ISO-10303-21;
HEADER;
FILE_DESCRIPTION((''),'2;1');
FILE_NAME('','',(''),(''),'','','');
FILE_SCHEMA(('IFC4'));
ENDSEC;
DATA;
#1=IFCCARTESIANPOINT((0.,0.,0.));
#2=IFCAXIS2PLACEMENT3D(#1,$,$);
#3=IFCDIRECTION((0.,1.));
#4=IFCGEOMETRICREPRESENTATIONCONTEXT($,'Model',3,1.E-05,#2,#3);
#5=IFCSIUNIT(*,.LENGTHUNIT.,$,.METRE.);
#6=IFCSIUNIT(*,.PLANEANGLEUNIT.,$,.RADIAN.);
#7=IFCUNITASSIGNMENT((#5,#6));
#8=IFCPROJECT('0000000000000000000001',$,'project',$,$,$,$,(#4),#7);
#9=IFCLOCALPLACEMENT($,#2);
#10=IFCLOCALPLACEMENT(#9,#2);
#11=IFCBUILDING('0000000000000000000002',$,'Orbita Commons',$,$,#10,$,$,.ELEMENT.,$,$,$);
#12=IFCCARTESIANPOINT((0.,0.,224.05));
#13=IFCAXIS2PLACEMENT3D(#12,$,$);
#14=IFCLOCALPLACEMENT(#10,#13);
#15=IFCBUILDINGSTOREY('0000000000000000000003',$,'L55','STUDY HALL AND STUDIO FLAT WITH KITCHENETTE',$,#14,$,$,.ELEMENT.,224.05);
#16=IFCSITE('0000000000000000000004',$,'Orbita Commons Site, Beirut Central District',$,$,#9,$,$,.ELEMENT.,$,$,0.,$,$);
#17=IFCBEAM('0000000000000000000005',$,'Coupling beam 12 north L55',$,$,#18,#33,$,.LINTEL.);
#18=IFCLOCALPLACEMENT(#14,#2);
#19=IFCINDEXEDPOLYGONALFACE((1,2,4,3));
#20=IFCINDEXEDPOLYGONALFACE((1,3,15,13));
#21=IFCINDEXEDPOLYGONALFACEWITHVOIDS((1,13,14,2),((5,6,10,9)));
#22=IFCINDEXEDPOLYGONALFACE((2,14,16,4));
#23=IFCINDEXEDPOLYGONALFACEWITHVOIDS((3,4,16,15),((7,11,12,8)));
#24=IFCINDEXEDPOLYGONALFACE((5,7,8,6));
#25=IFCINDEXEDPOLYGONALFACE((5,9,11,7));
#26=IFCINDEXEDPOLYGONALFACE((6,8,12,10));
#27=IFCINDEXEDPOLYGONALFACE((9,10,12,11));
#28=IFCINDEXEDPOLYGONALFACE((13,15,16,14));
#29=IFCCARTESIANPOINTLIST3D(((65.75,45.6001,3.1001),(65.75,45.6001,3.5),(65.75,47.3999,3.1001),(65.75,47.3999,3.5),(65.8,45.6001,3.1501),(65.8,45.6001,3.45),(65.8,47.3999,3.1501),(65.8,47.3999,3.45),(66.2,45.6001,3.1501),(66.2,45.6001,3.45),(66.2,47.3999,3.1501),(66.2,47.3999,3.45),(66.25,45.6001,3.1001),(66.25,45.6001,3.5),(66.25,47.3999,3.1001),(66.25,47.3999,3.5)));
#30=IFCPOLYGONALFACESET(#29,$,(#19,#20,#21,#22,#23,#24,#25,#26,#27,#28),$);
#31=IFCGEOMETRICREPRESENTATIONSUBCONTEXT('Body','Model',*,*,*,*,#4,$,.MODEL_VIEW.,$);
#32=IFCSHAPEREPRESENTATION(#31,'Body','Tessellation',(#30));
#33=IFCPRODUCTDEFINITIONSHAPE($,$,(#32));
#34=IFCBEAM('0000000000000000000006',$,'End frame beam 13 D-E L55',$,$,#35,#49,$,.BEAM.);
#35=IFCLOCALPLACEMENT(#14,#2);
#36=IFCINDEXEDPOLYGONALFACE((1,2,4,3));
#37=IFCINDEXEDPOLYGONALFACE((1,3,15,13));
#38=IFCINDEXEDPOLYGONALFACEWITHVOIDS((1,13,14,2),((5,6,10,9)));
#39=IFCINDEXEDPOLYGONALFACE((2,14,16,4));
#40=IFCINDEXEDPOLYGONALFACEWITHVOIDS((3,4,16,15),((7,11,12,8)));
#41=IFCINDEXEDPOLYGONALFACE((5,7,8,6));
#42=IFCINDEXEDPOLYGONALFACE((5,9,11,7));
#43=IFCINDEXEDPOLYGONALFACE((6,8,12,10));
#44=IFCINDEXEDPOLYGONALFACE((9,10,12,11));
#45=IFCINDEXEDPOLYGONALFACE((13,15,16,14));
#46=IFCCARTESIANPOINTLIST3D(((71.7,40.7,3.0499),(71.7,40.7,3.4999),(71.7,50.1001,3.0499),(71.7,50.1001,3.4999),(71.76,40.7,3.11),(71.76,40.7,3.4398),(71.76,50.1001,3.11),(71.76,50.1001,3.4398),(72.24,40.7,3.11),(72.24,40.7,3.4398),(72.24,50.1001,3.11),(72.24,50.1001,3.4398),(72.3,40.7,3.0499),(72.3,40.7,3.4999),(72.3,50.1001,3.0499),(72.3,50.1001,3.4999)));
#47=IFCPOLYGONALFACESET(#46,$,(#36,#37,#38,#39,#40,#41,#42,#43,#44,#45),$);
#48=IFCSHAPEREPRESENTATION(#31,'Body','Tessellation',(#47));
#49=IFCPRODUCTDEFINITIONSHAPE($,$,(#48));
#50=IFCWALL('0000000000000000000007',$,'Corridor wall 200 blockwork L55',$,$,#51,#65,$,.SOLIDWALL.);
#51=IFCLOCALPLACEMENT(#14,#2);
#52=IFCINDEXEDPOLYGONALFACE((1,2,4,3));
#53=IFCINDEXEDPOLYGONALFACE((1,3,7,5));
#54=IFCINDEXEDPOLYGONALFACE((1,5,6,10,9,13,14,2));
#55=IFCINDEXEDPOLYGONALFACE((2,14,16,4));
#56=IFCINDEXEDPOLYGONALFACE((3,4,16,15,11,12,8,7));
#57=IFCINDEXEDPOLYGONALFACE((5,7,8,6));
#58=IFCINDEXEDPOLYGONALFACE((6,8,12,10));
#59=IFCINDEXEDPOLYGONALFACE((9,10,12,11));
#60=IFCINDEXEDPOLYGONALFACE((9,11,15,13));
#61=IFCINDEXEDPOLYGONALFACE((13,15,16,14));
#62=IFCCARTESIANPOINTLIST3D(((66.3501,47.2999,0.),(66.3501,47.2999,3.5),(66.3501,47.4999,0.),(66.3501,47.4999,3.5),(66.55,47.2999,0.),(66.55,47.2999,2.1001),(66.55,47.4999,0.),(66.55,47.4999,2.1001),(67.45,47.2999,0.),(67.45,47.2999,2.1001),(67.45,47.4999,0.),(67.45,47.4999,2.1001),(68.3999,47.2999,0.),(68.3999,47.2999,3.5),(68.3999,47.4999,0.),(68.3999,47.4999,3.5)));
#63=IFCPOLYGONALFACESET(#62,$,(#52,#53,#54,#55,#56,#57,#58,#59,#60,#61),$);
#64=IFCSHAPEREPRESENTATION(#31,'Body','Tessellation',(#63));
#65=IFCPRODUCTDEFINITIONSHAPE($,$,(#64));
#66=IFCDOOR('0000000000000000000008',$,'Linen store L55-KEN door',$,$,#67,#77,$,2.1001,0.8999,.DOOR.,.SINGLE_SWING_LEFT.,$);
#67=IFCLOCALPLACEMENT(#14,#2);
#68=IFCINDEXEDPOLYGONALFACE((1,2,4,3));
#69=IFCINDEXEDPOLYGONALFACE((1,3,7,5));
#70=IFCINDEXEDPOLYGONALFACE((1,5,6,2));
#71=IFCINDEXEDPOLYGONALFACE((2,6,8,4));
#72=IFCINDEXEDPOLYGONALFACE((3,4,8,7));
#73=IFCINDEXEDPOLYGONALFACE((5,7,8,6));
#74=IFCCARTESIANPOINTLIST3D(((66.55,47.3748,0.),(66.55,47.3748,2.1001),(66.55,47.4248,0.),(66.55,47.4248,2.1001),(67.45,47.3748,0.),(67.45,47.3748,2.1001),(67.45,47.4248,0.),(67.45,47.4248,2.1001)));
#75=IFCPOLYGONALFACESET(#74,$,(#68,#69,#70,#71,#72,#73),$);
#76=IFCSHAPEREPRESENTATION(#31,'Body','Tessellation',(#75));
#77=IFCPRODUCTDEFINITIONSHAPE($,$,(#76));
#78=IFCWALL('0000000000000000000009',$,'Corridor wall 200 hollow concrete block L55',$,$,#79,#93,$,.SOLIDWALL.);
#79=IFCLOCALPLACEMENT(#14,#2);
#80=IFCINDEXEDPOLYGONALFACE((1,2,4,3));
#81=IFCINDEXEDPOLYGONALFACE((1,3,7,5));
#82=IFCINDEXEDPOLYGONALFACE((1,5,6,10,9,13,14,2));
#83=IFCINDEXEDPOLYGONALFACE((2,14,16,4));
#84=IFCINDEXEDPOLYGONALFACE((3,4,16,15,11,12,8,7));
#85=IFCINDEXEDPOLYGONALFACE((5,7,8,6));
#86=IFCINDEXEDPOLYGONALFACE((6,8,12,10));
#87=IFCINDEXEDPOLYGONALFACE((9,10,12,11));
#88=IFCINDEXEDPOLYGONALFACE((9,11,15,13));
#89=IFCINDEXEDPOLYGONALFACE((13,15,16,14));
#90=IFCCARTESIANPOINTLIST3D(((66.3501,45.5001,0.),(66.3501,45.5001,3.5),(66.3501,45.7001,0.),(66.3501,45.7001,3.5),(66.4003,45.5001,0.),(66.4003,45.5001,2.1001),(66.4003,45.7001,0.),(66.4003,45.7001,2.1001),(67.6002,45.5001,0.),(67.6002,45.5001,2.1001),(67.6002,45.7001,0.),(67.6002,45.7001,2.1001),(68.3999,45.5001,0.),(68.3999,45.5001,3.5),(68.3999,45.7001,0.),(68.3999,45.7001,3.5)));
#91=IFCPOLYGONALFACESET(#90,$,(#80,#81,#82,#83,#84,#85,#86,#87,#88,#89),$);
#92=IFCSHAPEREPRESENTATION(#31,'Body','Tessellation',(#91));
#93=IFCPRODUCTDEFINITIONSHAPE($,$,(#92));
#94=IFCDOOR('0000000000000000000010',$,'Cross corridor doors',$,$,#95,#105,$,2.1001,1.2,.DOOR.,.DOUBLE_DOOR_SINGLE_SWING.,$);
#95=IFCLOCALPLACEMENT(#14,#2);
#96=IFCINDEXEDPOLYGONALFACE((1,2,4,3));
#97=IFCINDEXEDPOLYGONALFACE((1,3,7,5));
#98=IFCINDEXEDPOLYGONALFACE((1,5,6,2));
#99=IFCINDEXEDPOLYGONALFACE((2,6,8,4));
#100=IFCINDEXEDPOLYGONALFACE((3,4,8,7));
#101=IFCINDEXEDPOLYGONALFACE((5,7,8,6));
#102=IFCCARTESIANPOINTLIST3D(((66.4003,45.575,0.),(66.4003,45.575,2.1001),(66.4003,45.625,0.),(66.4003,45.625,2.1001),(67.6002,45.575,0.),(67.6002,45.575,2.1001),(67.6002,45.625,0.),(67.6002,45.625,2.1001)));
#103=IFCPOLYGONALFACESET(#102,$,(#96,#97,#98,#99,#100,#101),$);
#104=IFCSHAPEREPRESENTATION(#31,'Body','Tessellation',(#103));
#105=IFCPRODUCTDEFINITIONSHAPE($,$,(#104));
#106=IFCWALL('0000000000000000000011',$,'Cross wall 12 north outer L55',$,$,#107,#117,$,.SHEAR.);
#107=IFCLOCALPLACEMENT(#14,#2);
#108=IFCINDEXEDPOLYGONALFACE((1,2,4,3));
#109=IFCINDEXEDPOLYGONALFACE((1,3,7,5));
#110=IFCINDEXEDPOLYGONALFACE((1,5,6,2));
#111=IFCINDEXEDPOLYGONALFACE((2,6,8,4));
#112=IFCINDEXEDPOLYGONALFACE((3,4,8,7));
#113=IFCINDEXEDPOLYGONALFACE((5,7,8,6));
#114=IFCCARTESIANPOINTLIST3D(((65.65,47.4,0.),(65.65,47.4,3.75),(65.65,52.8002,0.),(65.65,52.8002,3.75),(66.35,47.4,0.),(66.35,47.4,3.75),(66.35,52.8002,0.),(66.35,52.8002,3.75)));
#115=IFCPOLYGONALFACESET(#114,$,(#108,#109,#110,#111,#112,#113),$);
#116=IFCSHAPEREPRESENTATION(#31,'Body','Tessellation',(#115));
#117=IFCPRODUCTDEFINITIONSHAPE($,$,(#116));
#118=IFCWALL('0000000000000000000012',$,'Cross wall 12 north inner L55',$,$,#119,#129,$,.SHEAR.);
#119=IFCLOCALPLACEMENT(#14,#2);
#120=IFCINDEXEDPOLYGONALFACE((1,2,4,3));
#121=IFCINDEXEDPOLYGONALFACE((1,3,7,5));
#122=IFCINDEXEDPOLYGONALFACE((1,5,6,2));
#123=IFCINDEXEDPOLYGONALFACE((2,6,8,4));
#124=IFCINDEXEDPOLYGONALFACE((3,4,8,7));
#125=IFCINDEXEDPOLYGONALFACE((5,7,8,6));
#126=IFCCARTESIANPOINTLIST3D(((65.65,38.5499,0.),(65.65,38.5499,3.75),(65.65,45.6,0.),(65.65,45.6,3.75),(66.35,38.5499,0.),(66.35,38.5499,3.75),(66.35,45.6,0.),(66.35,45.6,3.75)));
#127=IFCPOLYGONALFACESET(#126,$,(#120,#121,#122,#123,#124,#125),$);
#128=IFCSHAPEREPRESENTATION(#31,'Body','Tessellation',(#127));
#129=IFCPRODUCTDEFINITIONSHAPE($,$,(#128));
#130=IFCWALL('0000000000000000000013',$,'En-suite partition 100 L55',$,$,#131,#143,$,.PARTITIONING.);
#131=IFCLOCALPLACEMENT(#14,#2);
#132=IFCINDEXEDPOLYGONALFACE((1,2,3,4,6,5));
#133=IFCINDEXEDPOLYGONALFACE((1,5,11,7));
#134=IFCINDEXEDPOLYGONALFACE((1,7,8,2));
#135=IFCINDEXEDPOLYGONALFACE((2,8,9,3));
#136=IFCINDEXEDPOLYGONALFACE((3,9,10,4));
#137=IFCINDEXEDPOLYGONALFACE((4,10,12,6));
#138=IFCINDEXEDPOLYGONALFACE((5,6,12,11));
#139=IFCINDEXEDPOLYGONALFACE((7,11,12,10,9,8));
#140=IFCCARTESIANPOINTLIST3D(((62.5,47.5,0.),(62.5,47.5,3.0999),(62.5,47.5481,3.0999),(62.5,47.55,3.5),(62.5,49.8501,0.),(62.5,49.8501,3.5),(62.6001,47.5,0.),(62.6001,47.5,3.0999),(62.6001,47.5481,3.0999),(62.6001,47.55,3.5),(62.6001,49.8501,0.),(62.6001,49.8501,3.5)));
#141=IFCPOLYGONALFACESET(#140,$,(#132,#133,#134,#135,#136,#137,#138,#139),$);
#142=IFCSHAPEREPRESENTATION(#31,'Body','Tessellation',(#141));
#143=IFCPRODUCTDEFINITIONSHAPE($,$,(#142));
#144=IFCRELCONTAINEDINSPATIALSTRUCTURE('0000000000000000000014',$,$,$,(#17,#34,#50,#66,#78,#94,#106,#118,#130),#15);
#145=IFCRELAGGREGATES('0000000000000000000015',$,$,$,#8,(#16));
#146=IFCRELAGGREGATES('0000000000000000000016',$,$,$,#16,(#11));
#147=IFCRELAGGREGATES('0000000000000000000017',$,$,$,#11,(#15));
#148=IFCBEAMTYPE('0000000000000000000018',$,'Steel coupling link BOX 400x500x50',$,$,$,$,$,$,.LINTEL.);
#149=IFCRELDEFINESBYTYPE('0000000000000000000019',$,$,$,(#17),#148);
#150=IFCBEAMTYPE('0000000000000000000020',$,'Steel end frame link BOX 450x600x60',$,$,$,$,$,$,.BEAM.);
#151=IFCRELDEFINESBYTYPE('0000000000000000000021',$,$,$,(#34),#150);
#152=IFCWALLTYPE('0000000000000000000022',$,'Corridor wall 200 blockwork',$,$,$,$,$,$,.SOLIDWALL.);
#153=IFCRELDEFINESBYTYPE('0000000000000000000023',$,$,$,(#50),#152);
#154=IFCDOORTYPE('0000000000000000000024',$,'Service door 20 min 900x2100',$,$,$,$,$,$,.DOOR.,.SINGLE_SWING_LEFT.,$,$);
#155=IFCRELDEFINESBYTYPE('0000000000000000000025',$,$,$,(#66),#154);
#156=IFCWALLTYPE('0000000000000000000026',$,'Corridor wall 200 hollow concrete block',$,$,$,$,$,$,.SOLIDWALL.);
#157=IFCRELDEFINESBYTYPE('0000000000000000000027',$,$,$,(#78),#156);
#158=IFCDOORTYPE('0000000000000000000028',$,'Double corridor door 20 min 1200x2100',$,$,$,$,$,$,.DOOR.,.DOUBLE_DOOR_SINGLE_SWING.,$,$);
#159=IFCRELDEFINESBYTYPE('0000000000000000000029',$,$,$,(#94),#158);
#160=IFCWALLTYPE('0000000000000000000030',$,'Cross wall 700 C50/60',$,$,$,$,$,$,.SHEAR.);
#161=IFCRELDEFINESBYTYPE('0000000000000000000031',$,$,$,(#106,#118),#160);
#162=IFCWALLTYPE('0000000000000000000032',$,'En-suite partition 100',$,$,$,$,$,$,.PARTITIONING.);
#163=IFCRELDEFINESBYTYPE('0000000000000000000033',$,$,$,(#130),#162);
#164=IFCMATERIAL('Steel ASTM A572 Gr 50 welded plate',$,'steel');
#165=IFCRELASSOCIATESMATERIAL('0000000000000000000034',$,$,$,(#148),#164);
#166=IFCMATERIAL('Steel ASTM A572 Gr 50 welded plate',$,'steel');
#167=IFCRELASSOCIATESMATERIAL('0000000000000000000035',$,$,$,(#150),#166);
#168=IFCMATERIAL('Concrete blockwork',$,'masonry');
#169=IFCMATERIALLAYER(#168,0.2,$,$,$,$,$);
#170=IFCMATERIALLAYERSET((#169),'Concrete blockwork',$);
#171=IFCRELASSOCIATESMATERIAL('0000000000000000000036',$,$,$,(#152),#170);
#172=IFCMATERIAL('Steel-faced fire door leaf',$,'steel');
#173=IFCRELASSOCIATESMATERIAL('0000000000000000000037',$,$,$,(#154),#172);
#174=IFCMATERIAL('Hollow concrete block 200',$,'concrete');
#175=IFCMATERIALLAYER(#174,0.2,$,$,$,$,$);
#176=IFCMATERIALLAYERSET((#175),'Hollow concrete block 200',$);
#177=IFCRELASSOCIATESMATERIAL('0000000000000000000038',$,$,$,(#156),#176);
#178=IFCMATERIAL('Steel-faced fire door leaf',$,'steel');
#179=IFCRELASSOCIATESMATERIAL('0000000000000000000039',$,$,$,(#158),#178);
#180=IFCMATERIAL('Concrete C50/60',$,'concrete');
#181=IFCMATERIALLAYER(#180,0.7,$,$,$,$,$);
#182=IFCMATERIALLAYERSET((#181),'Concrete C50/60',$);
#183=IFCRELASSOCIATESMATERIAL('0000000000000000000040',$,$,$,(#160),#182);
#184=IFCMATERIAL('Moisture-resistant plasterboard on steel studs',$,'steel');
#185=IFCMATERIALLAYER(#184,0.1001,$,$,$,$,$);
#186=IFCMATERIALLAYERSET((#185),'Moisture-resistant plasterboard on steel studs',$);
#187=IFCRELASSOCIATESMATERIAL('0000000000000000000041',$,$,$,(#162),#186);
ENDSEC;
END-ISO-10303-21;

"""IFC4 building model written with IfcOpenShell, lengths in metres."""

from ifc_helpers import new_model, si_unit, direction, frame, frame_2d, origin, origin_2d, place, context, subcontext, project, spatial, polyline, rectangle, hollow_rectangle, outline, extrude, material, layer, layer_set, material_profile, profile_set, type_object, element, fill, save


model = new_model("IFC4")

# Units and contexts
model_context = context("Model", 3, precision=1e-05, world=origin(), true_north=direction((0.0, 1.0)))
body_context = subcontext(model_context, "Body", "Model", "MODEL_VIEW")
ifc_project = project(units=[si_unit("LENGTHUNIT", "METRE"), si_unit("PLANEANGLEUNIT", "RADIAN")], contexts=[model_context])

# Site, building, storey
site_placement = place(None, origin())
site = spatial("IfcSite", under=ifc_project, at=site_placement, Name="Orbita Commons Site, Beirut Central District", CompositionType="ELEMENT", RefElevation=0.0)
building_placement = place(site_placement, origin())
building = spatial("IfcBuilding", under=site, at=building_placement, Name="Orbita Commons", CompositionType="ELEMENT")
storey_placement = place(building_placement, frame((0.0, 0.0, 224.05)))
storey = spatial("IfcBuildingStorey", under=building, at=storey_placement, Name="L55", Description="STUDY HALL AND STUDIO FLAT WITH KITCHENETTE", CompositionType="ELEMENT", Elevation=224.05)

# Beams
ifc_material_1 = material(Name="Steel ASTM A572 Gr 50 welded plate", Category="steel")
ifc_material_profile_1 = material_profile(ifc_material_1, hollow_rectangle(XDim=0.5, YDim=0.3999, WallThickness=0.05, at=origin_2d()), Name="BOX 400x500x50")
ifc_profile_set_1 = profile_set([ifc_material_profile_1], Name="Steel ASTM A572 Gr 50 welded plate")
beam_type_1 = type_object("IfcBeamType", Name="Steel coupling link BOX 400x500x50", PredefinedType="LINTEL", material=ifc_profile_set_1)
beam_1_placement = place(storey_placement, frame((66.0, 45.6001, 3.3), z_axis=(0.0, 1.0, 0.0), x_axis=(-1.0, 0.0, 0.0)))
element("IfcBeam", 1, at=beam_1_placement, inside=storey, type_object=beam_type_1, Name="Coupling beam 12 north L55", PredefinedType="LINTEL", context=body_context, shape_type="SweptSolid", body=[
    extrude(hollow_rectangle(XDim=0.5, YDim=0.3999, WallThickness=0.05, at=origin_2d()), origin(), (0.0, 0.0, 1.0), 1.7998),
])
ifc_material_2 = material(Name="Steel ASTM A572 Gr 50 welded plate", Category="steel")
ifc_material_profile_2 = material_profile(ifc_material_2, hollow_rectangle(XDim=0.6001, YDim=0.45, WallThickness=0.0601, at=origin_2d()), Name="BOX 450x600x60")
ifc_profile_set_2 = profile_set([ifc_material_profile_2], Name="Steel ASTM A572 Gr 50 welded plate")
beam_type_2 = type_object("IfcBeamType", Name="Steel end frame link BOX 450x600x60", PredefinedType="BEAM", material=ifc_profile_set_2)
beam_2_placement = place(storey_placement, frame((72.0, 40.7, 3.2749), z_axis=(0.0, 1.0, 0.0), x_axis=(-1.0, 0.0, 0.0)))
element("IfcBeam", 2, at=beam_2_placement, inside=storey, type_object=beam_type_2, Name="End frame beam 13 D-E L55", PredefinedType="BEAM", context=body_context, shape_type="SweptSolid", body=[
    extrude(hollow_rectangle(XDim=0.6001, YDim=0.45, WallThickness=0.0601, at=origin_2d()), origin(), (0.0, 0.0, 1.0), 9.4001),
])

# Walls, openings, doors
ifc_material_3 = material(Name="Concrete blockwork", Category="masonry")
ifc_layer_1 = layer(ifc_material_3, 0.2)
ifc_layer_set_1 = layer_set([ifc_layer_1], Name="Concrete blockwork")
wall_type_1 = type_object("IfcWallType", Name="Corridor wall 200 blockwork", PredefinedType="SOLIDWALL", material=ifc_layer_set_1)
wall_1_placement = place(storey_placement, frame((66.3501, 47.3999, 0.0), z_axis=(0.0, 0.0, 1.0), x_axis=(1.0, 0.0, 0.0)))
wall_1 = element("IfcWall", 3, at=wall_1_placement, inside=storey, type_object=wall_type_1, Name="Corridor wall 200 blockwork L55", PredefinedType="SOLIDWALL", context=body_context, shape_type="SweptSolid", body=[
    extrude(rectangle(XDim=2.0498, YDim=0.2, at=frame_2d((1.0249, 0.0))), origin(), (0.0, 0.0, 1.0), 3.5),
])
opening_1_placement = place(wall_1_placement, frame((0.2, 0.0, 0.0)))
opening_1 = element("IfcOpeningElement", 4, at=opening_1_placement, cuts=wall_1, PredefinedType="OPENING", context=body_context, shape_type="SweptSolid", body=[
    extrude(rectangle(XDim=0.8999, YDim=2.1001, at=frame_2d((0.45, 1.05))), frame((0.0, 0.1099, 0.0), z_axis=(0.0, -1.0, 0.0), x_axis=(1.0, 0.0, 0.0)), (0.0, 0.0, 1.0), 0.22),
])
ifc_material_4 = material(Name="Steel-faced fire door leaf", Category="steel")
door_type_1 = type_object("IfcDoorType", Name="Service door 20 min 900x2100", OperationType="SINGLE_SWING_LEFT", PredefinedType="DOOR", material=ifc_material_4)
door_1_placement = place(opening_1_placement, origin())
door_1 = element("IfcDoor", 5, at=door_1_placement, inside=storey, type_object=door_type_1, Name="Linen store L55-KEN door", OperationType="SINGLE_SWING_LEFT", OverallHeight=2.1001, OverallWidth=0.8999, PredefinedType="DOOR", context=body_context, shape_type="SweptSolid", body=[
    extrude(rectangle(XDim=0.8999, YDim=2.1001, at=frame_2d((0.45, 1.05))), frame((0.0, 0.0249, 0.0), z_axis=(0.0, -1.0, 0.0), x_axis=(1.0, 0.0, 0.0)), (0.0, 0.0, 1.0), 0.05),
])
fill(opening_1, door_1)
ifc_material_5 = material(Name="Hollow concrete block 200", Category="concrete")
ifc_layer_2 = layer(ifc_material_5, 0.2)
ifc_layer_set_2 = layer_set([ifc_layer_2], Name="Hollow concrete block 200")
wall_type_2 = type_object("IfcWallType", Name="Corridor wall 200 hollow concrete block", PredefinedType="SOLIDWALL", material=ifc_layer_set_2)
wall_2_placement = place(storey_placement, frame((66.3501, 45.6001, 0.0), z_axis=(0.0, 0.0, 1.0), x_axis=(1.0, 0.0, 0.0)))
wall_2 = element("IfcWall", 6, at=wall_2_placement, inside=storey, type_object=wall_type_2, Name="Corridor wall 200 hollow concrete block L55", PredefinedType="SOLIDWALL", context=body_context, shape_type="SweptSolid", body=[
    extrude(rectangle(XDim=2.0498, YDim=0.2, at=frame_2d((1.0249, 0.0))), origin(), (0.0, 0.0, 1.0), 3.5),
])
opening_2_placement = place(wall_2_placement, frame((0.05, 0.0, 0.0)))
opening_2 = element("IfcOpeningElement", 7, at=opening_2_placement, cuts=wall_2, PredefinedType="OPENING", context=body_context, shape_type="SweptSolid", body=[
    extrude(rectangle(XDim=1.2, YDim=2.1001, at=frame_2d((0.6001, 1.05))), frame((0.0, 0.1099, 0.0), z_axis=(0.0, -1.0, 0.0), x_axis=(1.0, 0.0, 0.0)), (0.0, 0.0, 1.0), 0.22),
])
ifc_material_6 = material(Name="Steel-faced fire door leaf", Category="steel")
door_type_2 = type_object("IfcDoorType", Name="Double corridor door 20 min 1200x2100", OperationType="DOUBLE_DOOR_SINGLE_SWING", PredefinedType="DOOR", material=ifc_material_6)
door_2_placement = place(opening_2_placement, origin())
door_2 = element("IfcDoor", 8, at=door_2_placement, inside=storey, type_object=door_type_2, Name="Cross corridor doors", OperationType="DOUBLE_DOOR_SINGLE_SWING", OverallHeight=2.1001, OverallWidth=1.2, PredefinedType="DOOR", context=body_context, shape_type="SweptSolid", body=[
    extrude(rectangle(XDim=1.2, YDim=2.1001, at=frame_2d((0.6001, 1.05))), frame((0.0, 0.0249, 0.0), z_axis=(0.0, -1.0, 0.0), x_axis=(1.0, 0.0, 0.0)), (0.0, 0.0, 1.0), 0.05),
])
fill(opening_2, door_2)

# Walls
ifc_material_7 = material(Name="Concrete C50/60", Category="concrete")
ifc_layer_3 = layer(ifc_material_7, 0.7)
ifc_layer_set_3 = layer_set([ifc_layer_3], Name="Concrete C50/60")
wall_type_3 = type_object("IfcWallType", Name="Cross wall 700 C50/60", PredefinedType="SHEAR", material=ifc_layer_set_3)
wall_3_placement = place(storey_placement, frame((66.0, 47.3999, 0.0), z_axis=(0.0, 0.0, 1.0), x_axis=(0.0, 1.0, 0.0)))
element("IfcWall", 9, at=wall_3_placement, inside=storey, type_object=wall_type_3, Name="Cross wall 12 north outer L55", PredefinedType="SHEAR", context=body_context, shape_type="SweptSolid", body=[
    extrude(rectangle(XDim=5.4001, YDim=0.7, at=frame_2d((2.7002, 0.0))), origin(), (0.0, 0.0, 1.0), 3.75),
])
wall_4_placement = place(storey_placement, frame((66.0, 38.55, 0.0), z_axis=(0.0, 0.0, 1.0), x_axis=(0.0, 1.0, 0.0)))
element("IfcWall", 10, at=wall_4_placement, inside=storey, type_object=wall_type_3, Name="Cross wall 12 north inner L55", PredefinedType="SHEAR", context=body_context, shape_type="SweptSolid", body=[
    extrude(rectangle(XDim=7.05, YDim=0.7, at=frame_2d((3.5249, 0.0))), origin(), (0.0, 0.0, 1.0), 3.75),
])
ifc_material_8 = material(Name="Moisture-resistant plasterboard on steel studs", Category="steel")
ifc_layer_4 = layer(ifc_material_8, 0.1001)
ifc_layer_set_4 = layer_set([ifc_layer_4], Name="Moisture-resistant plasterboard on steel studs")
wall_type_4 = type_object("IfcWallType", Name="En-suite partition 100", PredefinedType="PARTITIONING", material=ifc_layer_set_4)
wall_5_placement = place(storey_placement, frame((62.55, 49.8501, 0.0), z_axis=(0.0, 0.0, 1.0), x_axis=(0.0, -1.0, 0.0)))
element("IfcWall", 11, at=wall_5_placement, inside=storey, type_object=wall_type_4, Name="En-suite partition 100 L55", PredefinedType="PARTITIONING", context=body_context, shape_type="SweptSolid", body=[
    extrude(outline(polyline([(0.0, 0.0), (2.3501, 0.0), (2.3501, 3.0999), (2.302, 3.0999), (2.3, 3.5), (0.0, 3.5), (0.0, 0.0)])), frame((0.0, 0.05, 0.0), z_axis=(0.0, -1.0, 0.0), x_axis=(1.0, 0.0, 0.0)), (0.0, 0.0, 1.0), 0.1001),
])

save(model, "model.ifc")
